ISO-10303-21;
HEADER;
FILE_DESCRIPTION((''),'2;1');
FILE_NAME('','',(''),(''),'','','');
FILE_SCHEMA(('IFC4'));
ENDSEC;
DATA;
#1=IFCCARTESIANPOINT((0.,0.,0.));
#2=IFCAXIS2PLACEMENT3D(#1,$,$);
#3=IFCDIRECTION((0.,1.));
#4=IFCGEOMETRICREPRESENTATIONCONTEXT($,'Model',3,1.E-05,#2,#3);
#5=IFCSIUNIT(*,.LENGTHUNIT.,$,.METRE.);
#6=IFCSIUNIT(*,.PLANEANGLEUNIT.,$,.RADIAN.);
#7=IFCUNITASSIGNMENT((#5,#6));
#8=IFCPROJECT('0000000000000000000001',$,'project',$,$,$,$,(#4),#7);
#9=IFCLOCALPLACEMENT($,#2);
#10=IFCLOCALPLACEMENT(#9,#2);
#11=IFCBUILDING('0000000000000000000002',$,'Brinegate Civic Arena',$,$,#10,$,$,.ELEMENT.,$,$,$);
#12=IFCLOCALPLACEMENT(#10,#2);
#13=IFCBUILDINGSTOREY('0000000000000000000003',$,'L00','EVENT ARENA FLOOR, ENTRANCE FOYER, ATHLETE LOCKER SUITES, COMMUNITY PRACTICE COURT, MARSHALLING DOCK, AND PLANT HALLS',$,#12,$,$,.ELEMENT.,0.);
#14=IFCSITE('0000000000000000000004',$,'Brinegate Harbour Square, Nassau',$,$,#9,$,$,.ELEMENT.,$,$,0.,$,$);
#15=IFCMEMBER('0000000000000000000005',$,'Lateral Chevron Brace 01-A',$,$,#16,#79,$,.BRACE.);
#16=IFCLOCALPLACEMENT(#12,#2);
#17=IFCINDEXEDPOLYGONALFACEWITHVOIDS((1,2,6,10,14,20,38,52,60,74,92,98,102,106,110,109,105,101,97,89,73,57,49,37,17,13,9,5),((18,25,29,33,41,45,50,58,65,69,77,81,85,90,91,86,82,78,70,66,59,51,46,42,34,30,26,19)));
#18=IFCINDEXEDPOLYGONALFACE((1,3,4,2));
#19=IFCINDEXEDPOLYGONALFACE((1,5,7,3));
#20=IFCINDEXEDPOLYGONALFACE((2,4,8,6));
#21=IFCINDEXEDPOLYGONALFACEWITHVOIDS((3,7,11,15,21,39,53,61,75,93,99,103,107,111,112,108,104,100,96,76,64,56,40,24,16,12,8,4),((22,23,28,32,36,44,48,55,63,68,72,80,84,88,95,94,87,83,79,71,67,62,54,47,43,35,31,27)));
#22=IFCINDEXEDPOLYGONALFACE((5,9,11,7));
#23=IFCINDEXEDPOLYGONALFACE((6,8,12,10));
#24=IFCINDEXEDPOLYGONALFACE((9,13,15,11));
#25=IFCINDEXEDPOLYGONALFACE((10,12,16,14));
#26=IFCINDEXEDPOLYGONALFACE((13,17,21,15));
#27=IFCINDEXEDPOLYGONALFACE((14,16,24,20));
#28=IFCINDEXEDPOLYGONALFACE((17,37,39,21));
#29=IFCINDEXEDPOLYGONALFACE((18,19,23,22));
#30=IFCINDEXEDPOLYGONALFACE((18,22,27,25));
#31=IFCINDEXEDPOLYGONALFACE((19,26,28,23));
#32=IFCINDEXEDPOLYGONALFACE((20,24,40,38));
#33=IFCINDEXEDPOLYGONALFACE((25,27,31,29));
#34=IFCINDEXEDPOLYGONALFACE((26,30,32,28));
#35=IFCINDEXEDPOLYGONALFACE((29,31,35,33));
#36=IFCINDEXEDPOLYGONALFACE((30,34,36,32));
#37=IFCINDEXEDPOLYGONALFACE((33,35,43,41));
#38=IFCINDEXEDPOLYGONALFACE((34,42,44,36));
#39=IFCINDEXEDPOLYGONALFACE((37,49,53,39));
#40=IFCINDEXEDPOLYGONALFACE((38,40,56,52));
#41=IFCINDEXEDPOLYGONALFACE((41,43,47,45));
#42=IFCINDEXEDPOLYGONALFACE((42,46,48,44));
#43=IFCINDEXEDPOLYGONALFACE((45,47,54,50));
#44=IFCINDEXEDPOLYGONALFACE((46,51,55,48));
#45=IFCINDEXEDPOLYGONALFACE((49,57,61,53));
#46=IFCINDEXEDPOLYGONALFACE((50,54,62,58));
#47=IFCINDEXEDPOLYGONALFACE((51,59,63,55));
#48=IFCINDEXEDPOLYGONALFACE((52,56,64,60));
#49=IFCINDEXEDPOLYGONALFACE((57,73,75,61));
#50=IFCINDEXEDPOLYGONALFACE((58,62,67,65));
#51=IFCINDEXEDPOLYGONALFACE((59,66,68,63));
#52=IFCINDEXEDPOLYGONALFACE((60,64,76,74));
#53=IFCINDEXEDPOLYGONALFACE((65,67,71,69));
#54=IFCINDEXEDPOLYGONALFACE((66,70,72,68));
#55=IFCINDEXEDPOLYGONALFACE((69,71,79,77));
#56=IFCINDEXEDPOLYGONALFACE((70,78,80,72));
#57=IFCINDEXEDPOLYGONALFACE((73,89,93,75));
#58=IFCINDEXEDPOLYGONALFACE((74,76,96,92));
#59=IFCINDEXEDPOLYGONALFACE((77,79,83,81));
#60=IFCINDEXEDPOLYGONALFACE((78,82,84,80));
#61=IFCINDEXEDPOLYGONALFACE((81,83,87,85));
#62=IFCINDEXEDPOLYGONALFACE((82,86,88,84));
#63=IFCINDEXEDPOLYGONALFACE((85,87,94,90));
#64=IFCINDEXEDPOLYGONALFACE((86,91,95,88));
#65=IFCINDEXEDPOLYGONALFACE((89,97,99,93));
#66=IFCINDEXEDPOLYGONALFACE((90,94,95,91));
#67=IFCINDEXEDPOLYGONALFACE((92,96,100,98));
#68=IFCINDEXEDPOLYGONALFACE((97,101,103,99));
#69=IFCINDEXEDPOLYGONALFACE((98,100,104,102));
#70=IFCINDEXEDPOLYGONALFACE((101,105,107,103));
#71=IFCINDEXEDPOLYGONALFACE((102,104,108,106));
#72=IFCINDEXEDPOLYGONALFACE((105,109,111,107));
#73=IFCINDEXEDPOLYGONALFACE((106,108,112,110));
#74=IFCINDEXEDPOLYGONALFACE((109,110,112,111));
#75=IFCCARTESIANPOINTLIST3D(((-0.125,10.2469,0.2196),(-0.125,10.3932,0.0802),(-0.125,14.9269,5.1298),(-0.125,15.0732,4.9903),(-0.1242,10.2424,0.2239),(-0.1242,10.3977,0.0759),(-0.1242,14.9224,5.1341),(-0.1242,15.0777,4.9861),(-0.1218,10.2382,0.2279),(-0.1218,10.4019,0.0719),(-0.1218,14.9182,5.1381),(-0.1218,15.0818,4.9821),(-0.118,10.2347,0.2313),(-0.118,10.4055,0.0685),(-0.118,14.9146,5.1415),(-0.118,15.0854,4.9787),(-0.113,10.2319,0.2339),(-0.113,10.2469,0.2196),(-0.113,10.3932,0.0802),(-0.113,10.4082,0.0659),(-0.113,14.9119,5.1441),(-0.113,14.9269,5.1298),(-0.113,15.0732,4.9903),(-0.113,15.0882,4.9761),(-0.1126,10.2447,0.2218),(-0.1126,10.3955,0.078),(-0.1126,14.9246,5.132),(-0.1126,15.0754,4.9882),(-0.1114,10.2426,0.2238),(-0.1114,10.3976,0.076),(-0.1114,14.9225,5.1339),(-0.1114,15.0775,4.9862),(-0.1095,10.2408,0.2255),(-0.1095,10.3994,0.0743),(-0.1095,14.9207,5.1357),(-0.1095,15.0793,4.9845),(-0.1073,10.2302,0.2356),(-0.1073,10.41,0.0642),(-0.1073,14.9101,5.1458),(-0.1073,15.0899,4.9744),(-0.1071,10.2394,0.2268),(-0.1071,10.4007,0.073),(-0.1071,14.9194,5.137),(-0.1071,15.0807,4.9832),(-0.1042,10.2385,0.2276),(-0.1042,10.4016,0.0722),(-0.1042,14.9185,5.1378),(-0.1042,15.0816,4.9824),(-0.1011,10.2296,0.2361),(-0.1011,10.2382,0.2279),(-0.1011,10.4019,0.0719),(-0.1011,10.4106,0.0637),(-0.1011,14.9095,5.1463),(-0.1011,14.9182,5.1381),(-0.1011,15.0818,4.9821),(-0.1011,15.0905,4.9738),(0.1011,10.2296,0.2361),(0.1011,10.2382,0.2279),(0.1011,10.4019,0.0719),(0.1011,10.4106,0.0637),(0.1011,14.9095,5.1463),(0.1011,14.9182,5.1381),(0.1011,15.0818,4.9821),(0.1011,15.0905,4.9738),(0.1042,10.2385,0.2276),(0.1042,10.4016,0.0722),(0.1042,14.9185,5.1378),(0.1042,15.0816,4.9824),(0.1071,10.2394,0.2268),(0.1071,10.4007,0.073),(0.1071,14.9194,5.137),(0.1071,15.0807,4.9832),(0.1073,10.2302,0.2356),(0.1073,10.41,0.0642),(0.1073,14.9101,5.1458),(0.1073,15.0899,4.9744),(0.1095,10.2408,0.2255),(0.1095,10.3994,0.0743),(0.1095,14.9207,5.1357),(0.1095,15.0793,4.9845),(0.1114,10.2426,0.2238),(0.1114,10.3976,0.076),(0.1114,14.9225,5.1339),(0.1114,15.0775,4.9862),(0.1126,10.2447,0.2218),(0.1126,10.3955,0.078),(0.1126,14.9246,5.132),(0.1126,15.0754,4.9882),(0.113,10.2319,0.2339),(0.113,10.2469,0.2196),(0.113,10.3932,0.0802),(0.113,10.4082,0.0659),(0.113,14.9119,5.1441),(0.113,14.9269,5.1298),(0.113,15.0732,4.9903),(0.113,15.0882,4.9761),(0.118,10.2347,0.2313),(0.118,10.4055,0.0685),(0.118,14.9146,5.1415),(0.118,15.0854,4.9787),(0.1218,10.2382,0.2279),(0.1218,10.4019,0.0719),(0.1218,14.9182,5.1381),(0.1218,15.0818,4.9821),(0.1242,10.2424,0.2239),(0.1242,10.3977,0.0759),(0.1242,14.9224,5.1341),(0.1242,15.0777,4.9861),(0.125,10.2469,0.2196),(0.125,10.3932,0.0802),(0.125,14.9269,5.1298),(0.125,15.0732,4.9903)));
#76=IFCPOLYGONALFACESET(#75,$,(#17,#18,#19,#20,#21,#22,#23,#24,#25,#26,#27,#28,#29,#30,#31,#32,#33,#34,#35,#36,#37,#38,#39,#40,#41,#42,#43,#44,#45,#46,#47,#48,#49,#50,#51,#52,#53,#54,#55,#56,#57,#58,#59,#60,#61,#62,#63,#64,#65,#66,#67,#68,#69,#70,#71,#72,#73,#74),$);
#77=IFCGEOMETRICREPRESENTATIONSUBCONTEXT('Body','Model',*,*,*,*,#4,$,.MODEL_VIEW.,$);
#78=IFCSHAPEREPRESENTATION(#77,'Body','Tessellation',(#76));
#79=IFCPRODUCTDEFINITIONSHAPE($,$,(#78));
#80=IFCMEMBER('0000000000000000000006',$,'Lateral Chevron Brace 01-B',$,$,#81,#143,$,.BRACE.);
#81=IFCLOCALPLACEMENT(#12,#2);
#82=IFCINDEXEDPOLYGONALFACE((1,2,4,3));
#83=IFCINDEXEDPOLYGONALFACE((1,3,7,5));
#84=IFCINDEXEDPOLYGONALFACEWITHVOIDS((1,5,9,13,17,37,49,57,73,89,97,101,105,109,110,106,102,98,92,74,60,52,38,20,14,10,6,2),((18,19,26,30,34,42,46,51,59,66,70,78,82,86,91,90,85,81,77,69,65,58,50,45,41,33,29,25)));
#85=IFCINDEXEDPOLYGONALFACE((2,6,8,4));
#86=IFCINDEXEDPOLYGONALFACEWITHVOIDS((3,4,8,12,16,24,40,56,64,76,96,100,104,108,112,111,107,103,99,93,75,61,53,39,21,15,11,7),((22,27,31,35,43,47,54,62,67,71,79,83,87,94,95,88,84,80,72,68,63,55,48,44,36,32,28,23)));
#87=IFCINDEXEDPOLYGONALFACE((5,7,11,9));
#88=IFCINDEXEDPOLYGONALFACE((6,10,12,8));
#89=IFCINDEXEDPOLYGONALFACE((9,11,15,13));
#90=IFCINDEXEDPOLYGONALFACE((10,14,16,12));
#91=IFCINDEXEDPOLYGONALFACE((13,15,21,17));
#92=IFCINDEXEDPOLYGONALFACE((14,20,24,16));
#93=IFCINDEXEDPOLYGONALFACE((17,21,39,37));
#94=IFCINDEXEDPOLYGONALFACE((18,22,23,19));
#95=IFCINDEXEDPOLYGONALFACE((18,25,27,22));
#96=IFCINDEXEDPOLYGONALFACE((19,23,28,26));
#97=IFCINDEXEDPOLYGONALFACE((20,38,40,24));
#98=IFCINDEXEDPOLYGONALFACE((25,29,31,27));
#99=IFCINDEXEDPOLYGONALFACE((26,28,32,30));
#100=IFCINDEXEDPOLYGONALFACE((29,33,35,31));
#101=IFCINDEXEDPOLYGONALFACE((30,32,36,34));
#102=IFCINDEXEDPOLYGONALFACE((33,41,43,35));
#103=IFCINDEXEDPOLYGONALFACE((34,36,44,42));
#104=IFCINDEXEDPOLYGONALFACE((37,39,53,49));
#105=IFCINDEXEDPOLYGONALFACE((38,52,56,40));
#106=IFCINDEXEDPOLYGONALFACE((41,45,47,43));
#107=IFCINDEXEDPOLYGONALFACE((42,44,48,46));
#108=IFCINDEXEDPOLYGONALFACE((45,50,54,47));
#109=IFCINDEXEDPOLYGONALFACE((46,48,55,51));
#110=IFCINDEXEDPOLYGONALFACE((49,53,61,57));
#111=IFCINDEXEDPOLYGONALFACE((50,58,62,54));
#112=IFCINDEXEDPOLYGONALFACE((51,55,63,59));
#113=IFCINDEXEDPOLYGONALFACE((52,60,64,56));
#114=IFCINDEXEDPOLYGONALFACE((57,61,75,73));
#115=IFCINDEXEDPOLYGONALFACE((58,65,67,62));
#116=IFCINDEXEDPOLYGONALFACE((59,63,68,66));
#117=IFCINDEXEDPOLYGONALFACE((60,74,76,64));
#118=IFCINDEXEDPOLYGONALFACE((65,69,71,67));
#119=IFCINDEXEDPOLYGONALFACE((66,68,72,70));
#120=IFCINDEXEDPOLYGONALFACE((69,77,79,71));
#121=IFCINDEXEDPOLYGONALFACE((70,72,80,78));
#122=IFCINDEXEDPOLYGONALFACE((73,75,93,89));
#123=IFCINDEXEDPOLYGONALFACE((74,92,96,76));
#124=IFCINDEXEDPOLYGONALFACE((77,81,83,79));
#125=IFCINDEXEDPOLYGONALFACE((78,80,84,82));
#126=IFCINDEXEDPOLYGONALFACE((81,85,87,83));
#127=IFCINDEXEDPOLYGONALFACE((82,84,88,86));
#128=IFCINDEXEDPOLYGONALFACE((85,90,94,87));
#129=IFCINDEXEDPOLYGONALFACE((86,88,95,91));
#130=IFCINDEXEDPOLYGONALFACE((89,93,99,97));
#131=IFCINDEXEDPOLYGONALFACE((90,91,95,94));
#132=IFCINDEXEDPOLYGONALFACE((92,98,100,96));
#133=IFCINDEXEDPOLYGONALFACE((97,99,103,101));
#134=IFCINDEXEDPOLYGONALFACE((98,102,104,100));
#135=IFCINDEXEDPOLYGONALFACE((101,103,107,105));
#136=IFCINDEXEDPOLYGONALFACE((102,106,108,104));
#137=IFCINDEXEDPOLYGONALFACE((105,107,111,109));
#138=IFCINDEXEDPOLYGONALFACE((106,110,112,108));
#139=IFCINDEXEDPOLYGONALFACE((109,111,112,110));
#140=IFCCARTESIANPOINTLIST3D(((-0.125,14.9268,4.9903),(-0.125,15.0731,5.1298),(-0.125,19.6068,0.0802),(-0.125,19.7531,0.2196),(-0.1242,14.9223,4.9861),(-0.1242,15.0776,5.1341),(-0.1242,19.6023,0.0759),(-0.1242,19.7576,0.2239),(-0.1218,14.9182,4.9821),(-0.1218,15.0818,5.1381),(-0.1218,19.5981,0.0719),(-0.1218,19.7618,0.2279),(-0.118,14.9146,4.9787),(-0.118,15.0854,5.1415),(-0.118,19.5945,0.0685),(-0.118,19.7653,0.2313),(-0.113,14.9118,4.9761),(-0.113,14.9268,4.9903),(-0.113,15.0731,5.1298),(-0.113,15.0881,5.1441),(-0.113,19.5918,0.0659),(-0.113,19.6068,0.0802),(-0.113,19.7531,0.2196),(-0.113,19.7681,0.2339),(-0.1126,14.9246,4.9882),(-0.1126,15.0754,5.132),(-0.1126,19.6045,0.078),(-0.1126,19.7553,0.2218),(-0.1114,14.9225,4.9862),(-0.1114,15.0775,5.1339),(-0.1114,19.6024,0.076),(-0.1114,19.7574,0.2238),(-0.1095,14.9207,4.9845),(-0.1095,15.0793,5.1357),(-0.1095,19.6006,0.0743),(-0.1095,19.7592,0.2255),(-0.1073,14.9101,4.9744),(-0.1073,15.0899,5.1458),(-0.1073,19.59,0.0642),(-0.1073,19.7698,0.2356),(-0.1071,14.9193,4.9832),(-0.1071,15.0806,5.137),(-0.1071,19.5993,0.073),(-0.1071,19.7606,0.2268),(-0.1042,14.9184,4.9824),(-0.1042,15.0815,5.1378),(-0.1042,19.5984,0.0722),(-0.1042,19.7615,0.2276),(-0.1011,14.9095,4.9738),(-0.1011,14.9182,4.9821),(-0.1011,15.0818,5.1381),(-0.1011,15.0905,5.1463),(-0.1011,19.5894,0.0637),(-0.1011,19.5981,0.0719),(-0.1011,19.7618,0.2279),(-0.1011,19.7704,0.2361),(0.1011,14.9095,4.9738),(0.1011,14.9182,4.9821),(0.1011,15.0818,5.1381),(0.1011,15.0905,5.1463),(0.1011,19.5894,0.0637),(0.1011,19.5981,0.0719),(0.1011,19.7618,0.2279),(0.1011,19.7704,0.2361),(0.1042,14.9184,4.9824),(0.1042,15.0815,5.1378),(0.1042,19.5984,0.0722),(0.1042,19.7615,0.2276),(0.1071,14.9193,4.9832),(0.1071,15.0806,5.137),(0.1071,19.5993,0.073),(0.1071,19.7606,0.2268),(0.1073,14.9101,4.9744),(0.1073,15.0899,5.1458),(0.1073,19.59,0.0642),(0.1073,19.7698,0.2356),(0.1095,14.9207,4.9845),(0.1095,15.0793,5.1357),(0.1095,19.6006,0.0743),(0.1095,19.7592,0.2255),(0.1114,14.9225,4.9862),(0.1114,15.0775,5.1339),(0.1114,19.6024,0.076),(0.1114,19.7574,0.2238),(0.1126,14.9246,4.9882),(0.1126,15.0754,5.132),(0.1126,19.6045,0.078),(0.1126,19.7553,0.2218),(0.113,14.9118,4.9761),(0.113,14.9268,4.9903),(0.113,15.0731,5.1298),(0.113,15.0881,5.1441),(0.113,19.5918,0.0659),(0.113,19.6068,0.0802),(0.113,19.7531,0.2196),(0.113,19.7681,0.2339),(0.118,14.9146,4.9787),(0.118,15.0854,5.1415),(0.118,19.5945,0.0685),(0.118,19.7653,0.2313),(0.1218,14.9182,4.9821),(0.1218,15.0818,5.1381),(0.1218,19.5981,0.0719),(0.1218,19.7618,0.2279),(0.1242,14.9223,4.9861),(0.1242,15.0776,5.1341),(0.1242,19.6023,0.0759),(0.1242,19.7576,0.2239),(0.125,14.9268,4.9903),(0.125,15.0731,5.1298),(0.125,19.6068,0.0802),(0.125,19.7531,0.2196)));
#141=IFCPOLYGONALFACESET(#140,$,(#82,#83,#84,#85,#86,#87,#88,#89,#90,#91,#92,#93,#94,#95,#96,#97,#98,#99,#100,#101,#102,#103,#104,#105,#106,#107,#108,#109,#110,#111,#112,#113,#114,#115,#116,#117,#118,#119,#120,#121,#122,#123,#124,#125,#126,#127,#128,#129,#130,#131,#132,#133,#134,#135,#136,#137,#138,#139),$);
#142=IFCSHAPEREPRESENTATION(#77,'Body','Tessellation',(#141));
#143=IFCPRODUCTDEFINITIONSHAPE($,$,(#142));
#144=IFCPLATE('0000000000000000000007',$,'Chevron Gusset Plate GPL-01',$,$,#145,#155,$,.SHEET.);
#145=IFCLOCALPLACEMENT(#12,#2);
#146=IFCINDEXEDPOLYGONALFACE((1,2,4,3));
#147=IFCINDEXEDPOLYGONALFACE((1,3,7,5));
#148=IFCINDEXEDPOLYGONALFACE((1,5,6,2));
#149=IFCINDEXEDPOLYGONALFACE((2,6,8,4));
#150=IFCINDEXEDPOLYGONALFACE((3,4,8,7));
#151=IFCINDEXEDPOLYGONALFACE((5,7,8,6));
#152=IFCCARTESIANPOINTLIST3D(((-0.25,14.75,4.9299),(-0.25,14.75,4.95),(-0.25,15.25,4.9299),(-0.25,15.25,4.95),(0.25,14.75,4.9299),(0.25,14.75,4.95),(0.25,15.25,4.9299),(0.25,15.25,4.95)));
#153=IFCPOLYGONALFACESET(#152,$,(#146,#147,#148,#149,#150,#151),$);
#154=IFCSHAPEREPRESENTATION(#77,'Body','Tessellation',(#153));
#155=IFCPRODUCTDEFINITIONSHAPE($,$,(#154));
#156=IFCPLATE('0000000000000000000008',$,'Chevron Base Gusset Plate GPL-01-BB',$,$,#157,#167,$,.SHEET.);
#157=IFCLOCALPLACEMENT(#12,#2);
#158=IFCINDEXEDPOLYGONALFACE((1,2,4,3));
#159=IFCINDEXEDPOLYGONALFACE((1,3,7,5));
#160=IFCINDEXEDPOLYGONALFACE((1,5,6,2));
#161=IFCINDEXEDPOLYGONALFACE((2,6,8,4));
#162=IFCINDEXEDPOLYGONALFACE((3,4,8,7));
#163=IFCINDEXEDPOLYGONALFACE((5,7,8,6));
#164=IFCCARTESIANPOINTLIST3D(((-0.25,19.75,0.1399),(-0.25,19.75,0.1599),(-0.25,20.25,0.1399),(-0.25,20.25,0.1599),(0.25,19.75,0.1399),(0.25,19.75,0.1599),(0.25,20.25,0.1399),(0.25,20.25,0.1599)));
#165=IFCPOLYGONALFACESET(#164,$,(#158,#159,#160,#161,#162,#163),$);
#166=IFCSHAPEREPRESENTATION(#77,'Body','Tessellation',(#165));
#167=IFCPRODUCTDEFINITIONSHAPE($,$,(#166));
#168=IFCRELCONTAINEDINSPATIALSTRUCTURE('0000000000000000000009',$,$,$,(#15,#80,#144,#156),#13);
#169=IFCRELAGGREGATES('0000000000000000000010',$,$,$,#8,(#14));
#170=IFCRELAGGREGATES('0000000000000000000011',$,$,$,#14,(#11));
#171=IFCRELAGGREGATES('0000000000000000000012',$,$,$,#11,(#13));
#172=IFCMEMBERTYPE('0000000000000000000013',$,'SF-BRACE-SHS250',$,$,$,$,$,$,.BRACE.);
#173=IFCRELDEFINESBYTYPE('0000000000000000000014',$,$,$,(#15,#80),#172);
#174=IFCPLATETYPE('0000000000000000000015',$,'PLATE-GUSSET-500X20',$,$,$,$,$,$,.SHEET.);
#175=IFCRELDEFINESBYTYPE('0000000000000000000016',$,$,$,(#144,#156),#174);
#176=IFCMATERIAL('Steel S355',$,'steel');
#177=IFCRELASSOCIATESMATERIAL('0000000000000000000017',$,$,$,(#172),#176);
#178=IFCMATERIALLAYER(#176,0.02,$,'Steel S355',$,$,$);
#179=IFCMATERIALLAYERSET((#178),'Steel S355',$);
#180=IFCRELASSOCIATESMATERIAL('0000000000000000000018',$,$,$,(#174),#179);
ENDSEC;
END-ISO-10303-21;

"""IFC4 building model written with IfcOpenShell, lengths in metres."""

from ifc_helpers import new_model, si_unit, direction, frame, origin, origin_2d, place, context, subcontext, project, spatial, rectangle, hollow_rectangle, extrude, material, layer, layer_set, material_profile, profile_set, type_object, element, save


model = new_model("IFC4")

# Units and contexts
model_context = context("Model", 3, precision=1e-05, world=origin(), true_north=direction((0.0, 1.0)))
body_context = subcontext(model_context, "Body", "Model", "MODEL_VIEW")
ifc_project = project(units=[si_unit("LENGTHUNIT", "METRE"), si_unit("PLANEANGLEUNIT", "RADIAN")], contexts=[model_context])

# Site, building, storey
site_placement = place(None, origin())
site = spatial("IfcSite", under=ifc_project, at=site_placement, Name="Brinegate Harbour Square, Nassau", CompositionType="ELEMENT", RefElevation=0.0)
building_placement = place(site_placement, origin())
building = spatial("IfcBuilding", under=site, at=building_placement, Name="Brinegate Civic Arena", CompositionType="ELEMENT")
storey_placement = place(building_placement, origin())
storey = spatial("IfcBuildingStorey", under=building, at=storey_placement, Name="L00", Description="EVENT ARENA FLOOR, ENTRANCE FOYER, ATHLETE LOCKER SUITES, COMMUNITY PRACTICE COURT, MARSHALLING DOCK, AND PLANT HALLS", CompositionType="ELEMENT", Elevation=0.0)

# Shared definitions
ifc_material_1 = material(Name="Steel S355", Category="steel")

# Members
ifc_material_profile_1 = material_profile(ifc_material_1, hollow_rectangle(XDim=0.25, YDim=0.25, WallThickness=0.012, InnerFilletRadius=0.012, OuterFilletRadius=0.0239, at=origin_2d()), Name="SHS250X12")
ifc_profile_set_1 = profile_set([ifc_material_profile_1], Name="Steel S355")
member_type = type_object("IfcMemberType", Name="SF-BRACE-SHS250", PredefinedType="BRACE", material=ifc_profile_set_1)
for number, where, z_axis, x_axis, name in (
    (1, (0.0, 10.3201, 0.1499), (0.0, 0.689933, 0.723873), (-1.0, 0.0, 0.0), "Lateral Chevron Brace 01-A"),
    (2, (0.0, 19.6799, 0.1499), (0.0, -0.689933, 0.723873), (1.0, 0.0, 0.0), "Lateral Chevron Brace 01-B"),
):
    element("IfcMember", number, at=place(storey_placement, frame(where, z_axis=z_axis, x_axis=x_axis)), inside=storey, type_object=member_type, Name=name, PredefinedType="BRACE", context=body_context, shape_type="SweptSolid", body=[
        extrude(hollow_rectangle(XDim=0.25, YDim=0.25, WallThickness=0.012, InnerFilletRadius=0.012, OuterFilletRadius=0.0239, at=origin_2d()), origin(), (0.0, 0.0, 1.0), 6.7832),
    ])

# Plates
ifc_layer_1 = layer(ifc_material_1, 0.02, Name="Steel S355")
ifc_layer_set_1 = layer_set([ifc_layer_1], Name="Steel S355")
plate_type = type_object("IfcPlateType", Name="PLATE-GUSSET-500X20", PredefinedType="SHEET", material=ifc_layer_set_1)
for number, where, z_axis, x_axis, name in (
    (3, (0.0, 15.0, 4.9299), (0.0, 0.0, 1.0), (1.0, 0.0, 0.0), "Chevron Gusset Plate GPL-01"),
    (4, (0.0, 20.0, 0.1399), (0.0, 0.0, 1.0), (1.0, 0.0, 0.0), "Chevron Base Gusset Plate GPL-01-BB"),
):
    element("IfcPlate", number, at=place(storey_placement, frame(where, z_axis=z_axis, x_axis=x_axis)), inside=storey, type_object=plate_type, Name=name, PredefinedType="SHEET", context=body_context, shape_type="SweptSolid", body=[
        extrude(rectangle(XDim=0.5, YDim=0.5, at=origin_2d()), origin(), (0.0, 0.0, 1.0), 0.02),
    ])

save(model, "model.ifc")
